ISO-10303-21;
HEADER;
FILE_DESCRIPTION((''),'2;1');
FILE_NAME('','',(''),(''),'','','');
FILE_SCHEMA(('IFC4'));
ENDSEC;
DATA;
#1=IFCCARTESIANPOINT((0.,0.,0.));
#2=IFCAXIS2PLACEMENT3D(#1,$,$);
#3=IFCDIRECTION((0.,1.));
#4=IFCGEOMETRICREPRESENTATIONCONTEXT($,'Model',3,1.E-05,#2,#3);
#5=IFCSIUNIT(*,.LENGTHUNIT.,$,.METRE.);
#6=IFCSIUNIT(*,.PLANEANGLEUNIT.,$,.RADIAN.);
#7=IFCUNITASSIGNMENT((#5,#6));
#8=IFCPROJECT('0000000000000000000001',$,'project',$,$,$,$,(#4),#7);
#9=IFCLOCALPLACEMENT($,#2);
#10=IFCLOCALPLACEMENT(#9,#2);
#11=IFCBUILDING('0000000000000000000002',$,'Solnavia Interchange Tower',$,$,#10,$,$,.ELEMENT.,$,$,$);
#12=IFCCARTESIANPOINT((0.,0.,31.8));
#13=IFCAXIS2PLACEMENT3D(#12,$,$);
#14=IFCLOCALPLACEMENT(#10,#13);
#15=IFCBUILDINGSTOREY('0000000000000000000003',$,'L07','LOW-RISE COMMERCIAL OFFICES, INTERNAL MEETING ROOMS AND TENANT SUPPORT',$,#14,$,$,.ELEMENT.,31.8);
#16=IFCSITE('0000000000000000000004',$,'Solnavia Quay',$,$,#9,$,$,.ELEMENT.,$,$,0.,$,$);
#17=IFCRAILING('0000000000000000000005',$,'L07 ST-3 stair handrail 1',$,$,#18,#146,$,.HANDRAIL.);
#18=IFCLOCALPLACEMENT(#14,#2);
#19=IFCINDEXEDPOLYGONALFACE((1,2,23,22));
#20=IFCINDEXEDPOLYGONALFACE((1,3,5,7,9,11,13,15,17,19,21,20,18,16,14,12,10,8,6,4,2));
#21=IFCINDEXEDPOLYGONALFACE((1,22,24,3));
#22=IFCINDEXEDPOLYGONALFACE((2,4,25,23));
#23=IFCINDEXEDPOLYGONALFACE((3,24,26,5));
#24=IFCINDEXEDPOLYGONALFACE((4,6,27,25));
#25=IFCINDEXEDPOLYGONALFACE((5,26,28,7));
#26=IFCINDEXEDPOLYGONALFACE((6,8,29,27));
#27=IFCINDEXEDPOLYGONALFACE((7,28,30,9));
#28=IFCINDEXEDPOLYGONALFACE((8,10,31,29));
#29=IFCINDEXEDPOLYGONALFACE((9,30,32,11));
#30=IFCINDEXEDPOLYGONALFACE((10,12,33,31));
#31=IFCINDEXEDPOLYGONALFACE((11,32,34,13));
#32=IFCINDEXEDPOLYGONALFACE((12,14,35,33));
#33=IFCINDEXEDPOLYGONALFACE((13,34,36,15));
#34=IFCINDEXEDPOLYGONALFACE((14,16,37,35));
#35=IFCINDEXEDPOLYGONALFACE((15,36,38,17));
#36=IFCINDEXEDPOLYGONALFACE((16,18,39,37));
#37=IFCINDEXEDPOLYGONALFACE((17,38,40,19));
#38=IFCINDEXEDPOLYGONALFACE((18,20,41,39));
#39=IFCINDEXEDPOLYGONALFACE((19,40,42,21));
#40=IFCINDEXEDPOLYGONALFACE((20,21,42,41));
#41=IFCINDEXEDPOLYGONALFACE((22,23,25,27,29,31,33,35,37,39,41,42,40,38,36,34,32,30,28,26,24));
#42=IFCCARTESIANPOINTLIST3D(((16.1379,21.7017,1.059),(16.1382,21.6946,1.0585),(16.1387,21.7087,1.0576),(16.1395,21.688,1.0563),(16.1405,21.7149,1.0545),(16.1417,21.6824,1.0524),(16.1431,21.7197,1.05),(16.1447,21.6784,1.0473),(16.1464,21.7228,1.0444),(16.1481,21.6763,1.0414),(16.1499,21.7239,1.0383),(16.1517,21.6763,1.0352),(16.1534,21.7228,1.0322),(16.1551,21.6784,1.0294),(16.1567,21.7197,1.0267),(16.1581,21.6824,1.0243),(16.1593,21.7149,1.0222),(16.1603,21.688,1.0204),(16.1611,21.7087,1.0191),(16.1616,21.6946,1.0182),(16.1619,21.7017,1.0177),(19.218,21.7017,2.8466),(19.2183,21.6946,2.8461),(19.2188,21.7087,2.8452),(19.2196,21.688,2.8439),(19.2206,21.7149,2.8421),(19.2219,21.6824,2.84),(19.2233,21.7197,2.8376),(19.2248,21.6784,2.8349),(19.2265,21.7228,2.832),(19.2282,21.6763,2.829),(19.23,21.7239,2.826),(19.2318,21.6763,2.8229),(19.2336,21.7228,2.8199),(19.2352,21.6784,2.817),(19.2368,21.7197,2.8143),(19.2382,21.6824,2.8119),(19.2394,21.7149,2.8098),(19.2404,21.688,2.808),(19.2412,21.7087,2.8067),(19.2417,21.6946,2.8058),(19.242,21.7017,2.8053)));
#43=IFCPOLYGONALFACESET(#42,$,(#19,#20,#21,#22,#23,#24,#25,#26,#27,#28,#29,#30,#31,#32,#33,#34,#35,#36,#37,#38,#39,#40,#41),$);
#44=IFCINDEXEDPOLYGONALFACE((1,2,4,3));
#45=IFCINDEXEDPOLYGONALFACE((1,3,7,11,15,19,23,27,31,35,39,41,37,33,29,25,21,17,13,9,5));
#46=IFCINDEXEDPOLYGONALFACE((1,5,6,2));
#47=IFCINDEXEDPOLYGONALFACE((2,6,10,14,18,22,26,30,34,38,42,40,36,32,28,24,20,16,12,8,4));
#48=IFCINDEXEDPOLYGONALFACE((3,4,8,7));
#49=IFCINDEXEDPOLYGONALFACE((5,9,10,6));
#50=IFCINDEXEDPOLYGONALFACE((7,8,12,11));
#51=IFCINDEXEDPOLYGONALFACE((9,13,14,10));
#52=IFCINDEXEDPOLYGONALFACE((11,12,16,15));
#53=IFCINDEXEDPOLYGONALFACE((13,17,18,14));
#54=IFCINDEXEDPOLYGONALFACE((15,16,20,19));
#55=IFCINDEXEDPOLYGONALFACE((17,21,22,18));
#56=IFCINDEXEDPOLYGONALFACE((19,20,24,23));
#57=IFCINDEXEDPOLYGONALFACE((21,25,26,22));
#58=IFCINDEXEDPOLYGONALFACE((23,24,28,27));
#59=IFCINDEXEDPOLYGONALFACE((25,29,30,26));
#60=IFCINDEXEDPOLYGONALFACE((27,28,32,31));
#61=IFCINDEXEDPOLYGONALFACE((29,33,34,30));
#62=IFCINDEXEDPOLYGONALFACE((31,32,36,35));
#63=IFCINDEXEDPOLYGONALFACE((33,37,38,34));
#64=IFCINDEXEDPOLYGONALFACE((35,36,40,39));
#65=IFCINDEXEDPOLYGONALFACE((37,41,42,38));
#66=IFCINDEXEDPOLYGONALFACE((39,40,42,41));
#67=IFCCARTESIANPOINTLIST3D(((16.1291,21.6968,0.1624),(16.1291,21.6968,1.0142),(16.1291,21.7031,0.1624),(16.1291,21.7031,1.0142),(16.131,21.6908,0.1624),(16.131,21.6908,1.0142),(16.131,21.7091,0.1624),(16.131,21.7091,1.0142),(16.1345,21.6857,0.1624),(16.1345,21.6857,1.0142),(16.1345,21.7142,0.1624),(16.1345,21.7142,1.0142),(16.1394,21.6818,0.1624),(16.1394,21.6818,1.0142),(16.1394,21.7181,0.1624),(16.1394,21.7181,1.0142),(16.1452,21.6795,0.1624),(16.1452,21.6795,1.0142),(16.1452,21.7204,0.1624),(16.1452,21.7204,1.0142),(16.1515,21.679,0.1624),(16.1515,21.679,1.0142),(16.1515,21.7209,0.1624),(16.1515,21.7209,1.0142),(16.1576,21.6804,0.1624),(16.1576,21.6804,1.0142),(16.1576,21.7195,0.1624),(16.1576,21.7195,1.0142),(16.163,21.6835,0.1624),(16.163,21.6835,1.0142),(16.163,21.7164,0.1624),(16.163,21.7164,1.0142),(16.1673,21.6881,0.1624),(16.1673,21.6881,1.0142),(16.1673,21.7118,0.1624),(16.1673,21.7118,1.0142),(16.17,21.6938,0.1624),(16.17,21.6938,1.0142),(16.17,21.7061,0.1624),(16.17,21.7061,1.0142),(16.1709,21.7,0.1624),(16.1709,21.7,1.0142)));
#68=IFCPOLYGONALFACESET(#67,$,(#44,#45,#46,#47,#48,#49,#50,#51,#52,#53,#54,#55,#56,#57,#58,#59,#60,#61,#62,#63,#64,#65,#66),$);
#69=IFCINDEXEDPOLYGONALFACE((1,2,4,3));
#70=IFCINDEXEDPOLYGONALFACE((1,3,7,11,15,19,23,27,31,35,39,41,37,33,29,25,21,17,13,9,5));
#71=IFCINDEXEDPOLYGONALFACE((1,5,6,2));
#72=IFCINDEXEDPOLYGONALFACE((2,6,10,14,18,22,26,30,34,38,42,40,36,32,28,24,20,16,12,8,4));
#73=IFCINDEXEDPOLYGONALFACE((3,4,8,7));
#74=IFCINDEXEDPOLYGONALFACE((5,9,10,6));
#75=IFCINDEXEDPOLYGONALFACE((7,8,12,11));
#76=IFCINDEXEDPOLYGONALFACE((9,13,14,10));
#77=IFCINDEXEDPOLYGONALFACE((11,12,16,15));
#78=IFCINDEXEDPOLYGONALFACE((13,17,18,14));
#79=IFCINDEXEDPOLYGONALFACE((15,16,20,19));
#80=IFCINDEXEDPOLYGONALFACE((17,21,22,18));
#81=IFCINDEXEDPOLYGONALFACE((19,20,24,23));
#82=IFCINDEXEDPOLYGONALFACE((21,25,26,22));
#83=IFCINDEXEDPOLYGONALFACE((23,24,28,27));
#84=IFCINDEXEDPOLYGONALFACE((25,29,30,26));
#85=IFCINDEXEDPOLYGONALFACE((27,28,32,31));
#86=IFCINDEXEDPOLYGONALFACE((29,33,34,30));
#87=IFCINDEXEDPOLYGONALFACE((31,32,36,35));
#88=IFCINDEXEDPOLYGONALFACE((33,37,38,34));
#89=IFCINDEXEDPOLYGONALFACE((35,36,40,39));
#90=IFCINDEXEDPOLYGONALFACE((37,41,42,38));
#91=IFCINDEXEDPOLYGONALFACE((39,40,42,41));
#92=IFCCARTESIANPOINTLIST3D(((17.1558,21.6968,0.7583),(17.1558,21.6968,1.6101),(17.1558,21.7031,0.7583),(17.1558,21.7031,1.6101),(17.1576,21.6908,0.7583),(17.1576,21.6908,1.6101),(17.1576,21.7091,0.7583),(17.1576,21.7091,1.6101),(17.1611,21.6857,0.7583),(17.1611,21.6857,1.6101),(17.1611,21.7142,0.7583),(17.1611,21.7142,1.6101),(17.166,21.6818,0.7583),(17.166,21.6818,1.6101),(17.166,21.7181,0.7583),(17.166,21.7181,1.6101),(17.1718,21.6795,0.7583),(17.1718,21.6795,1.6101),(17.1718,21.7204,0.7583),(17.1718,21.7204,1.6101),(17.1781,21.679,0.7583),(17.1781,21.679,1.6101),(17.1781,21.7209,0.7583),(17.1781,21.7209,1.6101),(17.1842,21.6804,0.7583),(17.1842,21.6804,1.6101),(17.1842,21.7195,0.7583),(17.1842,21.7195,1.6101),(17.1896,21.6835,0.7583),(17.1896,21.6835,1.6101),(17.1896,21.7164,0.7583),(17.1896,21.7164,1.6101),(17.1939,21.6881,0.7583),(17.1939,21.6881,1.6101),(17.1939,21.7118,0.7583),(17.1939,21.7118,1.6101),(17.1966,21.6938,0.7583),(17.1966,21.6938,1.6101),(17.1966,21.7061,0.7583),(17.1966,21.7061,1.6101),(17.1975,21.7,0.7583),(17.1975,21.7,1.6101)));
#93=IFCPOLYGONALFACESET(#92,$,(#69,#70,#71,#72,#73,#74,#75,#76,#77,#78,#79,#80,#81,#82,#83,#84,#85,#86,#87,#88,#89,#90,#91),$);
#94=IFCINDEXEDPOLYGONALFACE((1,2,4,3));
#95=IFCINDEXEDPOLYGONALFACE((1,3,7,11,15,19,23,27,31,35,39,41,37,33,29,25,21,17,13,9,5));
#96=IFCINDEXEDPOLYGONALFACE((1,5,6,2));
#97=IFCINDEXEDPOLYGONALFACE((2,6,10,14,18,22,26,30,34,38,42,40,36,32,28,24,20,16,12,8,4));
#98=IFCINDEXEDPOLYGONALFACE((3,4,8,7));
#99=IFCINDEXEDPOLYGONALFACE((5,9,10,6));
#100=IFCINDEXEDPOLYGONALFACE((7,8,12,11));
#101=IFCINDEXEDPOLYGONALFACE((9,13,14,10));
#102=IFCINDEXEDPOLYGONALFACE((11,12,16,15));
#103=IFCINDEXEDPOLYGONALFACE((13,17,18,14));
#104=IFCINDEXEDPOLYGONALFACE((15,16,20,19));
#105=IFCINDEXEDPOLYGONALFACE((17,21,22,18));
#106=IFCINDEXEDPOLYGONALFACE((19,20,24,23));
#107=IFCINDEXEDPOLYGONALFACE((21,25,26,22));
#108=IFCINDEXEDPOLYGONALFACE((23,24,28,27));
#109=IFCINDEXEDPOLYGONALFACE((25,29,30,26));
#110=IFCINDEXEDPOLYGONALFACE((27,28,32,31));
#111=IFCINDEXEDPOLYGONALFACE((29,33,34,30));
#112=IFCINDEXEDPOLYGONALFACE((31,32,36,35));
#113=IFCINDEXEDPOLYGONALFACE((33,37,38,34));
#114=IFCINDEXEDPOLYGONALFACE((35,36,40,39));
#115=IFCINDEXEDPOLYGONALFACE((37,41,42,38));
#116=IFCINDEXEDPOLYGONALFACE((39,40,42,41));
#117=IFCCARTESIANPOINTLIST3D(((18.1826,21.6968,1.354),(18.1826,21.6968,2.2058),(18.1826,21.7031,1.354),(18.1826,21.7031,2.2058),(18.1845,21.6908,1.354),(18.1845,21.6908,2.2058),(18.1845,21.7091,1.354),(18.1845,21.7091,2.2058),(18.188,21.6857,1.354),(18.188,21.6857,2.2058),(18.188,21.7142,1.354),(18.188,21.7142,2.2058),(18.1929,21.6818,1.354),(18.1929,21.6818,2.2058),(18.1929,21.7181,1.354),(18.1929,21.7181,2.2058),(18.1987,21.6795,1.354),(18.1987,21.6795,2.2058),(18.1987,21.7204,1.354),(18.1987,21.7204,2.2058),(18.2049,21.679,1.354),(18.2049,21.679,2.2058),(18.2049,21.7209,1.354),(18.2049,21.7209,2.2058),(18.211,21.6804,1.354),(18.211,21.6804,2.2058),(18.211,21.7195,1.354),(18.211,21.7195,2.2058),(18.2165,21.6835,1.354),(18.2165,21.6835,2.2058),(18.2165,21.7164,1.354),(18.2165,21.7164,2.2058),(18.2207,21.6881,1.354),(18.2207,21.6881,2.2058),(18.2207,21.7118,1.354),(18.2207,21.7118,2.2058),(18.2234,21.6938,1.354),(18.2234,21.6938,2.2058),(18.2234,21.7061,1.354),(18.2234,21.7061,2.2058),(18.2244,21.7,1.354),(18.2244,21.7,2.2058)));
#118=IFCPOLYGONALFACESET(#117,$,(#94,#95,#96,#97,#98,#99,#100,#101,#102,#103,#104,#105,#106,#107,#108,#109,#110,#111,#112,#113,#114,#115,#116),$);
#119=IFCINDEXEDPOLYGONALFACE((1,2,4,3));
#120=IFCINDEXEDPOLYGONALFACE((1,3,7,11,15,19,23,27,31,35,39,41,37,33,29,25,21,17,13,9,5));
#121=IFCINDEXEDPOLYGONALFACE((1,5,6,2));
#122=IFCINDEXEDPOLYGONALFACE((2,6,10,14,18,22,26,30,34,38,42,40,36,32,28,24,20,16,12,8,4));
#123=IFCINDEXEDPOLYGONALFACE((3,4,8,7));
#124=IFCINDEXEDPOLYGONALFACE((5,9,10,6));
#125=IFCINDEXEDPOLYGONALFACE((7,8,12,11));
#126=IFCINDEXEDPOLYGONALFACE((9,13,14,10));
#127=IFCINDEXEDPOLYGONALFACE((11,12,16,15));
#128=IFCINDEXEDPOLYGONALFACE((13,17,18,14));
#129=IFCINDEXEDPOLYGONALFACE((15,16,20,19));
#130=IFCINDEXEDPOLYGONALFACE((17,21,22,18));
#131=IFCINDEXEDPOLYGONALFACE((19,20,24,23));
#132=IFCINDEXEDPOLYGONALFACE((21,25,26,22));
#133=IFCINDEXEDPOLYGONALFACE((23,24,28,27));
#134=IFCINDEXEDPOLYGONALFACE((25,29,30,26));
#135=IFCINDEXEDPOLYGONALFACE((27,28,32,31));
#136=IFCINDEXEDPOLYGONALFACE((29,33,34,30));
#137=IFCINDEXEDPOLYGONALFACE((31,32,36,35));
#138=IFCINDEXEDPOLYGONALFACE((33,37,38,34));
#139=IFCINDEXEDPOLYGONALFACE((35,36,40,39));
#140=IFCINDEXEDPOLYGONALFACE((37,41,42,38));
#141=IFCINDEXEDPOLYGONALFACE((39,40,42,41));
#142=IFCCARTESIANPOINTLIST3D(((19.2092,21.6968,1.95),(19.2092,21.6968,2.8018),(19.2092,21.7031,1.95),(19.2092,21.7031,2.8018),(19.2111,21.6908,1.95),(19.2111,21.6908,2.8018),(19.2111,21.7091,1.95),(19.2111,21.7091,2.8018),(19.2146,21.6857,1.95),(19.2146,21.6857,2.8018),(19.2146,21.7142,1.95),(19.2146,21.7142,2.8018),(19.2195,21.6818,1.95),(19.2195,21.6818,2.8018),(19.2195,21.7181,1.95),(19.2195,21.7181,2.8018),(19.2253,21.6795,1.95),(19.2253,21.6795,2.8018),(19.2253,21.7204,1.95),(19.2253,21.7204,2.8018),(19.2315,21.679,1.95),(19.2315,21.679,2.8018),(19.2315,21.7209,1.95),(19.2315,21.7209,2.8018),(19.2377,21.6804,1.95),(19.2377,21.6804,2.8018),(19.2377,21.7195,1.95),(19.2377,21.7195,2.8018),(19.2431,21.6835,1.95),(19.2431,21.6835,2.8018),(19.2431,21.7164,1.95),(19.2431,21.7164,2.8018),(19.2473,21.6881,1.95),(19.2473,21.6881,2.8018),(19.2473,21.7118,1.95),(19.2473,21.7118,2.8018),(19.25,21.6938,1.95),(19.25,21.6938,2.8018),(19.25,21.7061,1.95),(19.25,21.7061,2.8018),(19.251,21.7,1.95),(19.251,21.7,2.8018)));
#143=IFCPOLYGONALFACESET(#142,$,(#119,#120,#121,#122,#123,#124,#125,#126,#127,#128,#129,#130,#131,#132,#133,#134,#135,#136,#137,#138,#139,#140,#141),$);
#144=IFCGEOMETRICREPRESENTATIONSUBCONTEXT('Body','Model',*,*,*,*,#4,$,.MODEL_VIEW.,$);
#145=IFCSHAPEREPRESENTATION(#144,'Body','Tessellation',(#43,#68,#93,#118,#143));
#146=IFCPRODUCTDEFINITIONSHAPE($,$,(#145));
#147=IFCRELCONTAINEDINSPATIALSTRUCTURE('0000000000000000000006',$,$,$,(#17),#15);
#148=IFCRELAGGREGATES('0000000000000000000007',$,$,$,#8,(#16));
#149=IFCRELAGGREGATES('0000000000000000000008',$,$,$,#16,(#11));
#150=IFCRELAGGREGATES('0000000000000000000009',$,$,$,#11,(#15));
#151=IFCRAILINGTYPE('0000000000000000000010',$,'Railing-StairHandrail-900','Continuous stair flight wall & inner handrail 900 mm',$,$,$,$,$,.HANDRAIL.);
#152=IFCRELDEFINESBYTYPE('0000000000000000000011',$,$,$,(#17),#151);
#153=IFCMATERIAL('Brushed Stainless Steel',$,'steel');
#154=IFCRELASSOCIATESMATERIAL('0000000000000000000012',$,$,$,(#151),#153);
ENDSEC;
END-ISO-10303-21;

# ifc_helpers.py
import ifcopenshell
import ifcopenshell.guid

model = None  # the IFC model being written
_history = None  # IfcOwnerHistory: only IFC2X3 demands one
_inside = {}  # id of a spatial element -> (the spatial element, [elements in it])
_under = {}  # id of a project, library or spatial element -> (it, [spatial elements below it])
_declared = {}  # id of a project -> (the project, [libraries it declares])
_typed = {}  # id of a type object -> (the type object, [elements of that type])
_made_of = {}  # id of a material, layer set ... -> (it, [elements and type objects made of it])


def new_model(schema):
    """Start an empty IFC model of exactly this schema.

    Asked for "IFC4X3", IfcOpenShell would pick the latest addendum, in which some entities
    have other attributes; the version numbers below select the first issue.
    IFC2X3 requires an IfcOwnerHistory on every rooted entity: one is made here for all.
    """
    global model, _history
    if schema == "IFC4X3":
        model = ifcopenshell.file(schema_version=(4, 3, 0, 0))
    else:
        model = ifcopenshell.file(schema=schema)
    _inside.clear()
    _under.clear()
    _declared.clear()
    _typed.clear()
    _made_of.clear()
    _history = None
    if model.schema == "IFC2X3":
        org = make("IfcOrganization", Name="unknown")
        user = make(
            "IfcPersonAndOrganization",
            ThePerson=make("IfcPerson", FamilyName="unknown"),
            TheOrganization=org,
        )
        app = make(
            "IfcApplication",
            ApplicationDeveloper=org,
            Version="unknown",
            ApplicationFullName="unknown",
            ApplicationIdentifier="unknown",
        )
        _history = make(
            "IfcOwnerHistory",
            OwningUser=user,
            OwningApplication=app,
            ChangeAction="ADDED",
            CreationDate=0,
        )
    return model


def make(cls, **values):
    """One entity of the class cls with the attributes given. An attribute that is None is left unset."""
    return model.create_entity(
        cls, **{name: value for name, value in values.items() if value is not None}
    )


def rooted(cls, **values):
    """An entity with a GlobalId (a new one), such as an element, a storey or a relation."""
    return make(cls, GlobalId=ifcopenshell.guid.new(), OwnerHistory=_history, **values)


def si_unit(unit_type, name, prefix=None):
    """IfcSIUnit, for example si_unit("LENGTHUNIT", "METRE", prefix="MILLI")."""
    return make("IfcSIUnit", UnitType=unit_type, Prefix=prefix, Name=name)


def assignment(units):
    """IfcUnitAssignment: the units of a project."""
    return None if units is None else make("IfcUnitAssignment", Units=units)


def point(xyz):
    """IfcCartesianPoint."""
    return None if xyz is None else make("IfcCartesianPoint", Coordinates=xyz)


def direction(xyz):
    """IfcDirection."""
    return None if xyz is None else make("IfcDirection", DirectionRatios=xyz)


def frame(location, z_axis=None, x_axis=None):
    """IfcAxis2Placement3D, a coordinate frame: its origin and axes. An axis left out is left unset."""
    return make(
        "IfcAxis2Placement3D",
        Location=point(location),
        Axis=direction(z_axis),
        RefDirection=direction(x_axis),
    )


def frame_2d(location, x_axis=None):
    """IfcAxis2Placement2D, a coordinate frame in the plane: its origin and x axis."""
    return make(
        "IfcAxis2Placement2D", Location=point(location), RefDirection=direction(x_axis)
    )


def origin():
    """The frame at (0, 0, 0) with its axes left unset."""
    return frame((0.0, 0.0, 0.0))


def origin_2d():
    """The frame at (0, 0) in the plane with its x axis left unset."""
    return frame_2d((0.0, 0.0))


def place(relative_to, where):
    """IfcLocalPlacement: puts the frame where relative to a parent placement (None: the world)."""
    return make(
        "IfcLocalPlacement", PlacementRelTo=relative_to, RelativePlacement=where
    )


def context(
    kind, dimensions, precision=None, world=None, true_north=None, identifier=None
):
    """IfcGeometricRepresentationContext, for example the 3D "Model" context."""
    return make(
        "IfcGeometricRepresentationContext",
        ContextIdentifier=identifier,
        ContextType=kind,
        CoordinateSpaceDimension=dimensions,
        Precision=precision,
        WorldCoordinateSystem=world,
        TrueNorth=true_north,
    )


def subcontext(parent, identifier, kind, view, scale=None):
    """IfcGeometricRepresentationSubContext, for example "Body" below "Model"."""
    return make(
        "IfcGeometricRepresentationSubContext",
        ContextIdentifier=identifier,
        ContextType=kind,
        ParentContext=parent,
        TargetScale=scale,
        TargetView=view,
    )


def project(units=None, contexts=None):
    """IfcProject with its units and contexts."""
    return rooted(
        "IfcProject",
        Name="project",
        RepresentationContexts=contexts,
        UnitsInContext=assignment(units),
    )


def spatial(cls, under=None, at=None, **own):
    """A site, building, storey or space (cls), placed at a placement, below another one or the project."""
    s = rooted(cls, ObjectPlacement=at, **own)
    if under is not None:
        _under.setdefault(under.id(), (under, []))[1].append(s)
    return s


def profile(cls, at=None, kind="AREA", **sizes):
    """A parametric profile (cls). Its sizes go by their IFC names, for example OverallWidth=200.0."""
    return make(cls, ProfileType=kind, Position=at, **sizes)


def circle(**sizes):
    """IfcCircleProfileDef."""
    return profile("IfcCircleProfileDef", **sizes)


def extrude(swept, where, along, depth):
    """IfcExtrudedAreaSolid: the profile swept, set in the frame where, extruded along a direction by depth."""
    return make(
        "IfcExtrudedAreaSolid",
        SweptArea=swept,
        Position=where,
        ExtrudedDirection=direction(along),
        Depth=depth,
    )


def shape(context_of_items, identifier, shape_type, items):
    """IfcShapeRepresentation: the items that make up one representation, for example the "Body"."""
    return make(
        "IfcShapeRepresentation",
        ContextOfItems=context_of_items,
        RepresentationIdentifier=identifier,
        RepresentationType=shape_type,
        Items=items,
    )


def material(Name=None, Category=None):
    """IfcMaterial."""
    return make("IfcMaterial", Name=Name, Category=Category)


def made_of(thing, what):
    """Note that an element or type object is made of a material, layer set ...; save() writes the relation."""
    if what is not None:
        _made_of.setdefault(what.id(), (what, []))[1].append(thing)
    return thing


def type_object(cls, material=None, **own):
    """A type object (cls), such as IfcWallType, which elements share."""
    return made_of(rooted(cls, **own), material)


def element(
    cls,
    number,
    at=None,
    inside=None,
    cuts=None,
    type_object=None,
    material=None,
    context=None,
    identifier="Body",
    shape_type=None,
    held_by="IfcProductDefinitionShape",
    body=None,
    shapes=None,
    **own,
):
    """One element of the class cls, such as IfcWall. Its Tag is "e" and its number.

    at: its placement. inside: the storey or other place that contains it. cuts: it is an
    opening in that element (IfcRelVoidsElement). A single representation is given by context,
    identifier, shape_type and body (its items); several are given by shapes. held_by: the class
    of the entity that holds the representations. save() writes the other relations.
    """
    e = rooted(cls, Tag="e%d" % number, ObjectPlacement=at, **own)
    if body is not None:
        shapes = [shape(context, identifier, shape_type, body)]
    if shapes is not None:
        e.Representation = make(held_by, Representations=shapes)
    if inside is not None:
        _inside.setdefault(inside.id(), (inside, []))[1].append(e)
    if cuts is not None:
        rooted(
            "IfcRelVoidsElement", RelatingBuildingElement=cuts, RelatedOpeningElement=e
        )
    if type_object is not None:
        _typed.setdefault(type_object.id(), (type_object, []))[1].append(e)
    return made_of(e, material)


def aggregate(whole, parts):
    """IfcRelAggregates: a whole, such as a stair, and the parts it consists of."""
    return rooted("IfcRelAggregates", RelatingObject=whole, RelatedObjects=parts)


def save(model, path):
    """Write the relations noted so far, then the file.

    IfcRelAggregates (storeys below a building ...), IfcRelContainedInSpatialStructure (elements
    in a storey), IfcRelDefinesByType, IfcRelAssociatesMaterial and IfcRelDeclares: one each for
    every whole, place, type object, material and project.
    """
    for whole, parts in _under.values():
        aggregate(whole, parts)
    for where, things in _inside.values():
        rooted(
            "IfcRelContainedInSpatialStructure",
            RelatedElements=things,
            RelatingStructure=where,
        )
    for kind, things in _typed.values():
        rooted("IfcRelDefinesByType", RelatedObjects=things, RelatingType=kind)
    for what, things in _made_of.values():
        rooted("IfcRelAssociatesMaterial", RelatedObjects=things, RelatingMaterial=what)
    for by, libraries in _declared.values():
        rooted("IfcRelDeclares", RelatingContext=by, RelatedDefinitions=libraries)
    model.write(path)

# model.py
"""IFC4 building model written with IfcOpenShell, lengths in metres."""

from ifc_helpers import new_model, si_unit, direction, frame, origin, origin_2d, place, context, subcontext, project, spatial, circle, extrude, material, type_object, element, save


model = new_model("IFC4")

# Units and contexts
model_context = context("Model", 3, precision=1e-05, world=origin(), true_north=direction((0.0, 1.0)))
body_context = subcontext(model_context, "Body", "Model", "MODEL_VIEW")
ifc_project = project(units=[si_unit("LENGTHUNIT", "METRE"), si_unit("PLANEANGLEUNIT", "RADIAN")], contexts=[model_context])

# Site, building, storey
site_placement = place(None, origin())
site = spatial("IfcSite", under=ifc_project, at=site_placement, Name="Solnavia Quay", CompositionType="ELEMENT", RefElevation=0.0)
building_placement = place(site_placement, origin())
building = spatial("IfcBuilding", under=site, at=building_placement, Name="Solnavia Interchange Tower", CompositionType="ELEMENT")
storey_placement = place(building_placement, frame((0.0, 0.0, 31.8)))
storey = spatial("IfcBuildingStorey", under=building, at=storey_placement, Name="L07", Description="LOW-RISE COMMERCIAL OFFICES, INTERNAL MEETING ROOMS AND TENANT SUPPORT", CompositionType="ELEMENT", Elevation=31.8)

# Railing
ifc_material_1 = material(Name="Brushed Stainless Steel", Category="steel")
railing_type_1 = type_object("IfcRailingType", Name="Railing-StairHandrail-900", Description="Continuous stair flight wall & inner handrail 900 mm", PredefinedType="HANDRAIL", material=ifc_material_1)
railing_1_placement = place(storey_placement, frame((16.1499, 21.7, 0.1624)))
element("IfcRailing", 1, at=railing_1_placement, inside=storey, type_object=railing_type_1, Name="L07 ST-3 stair handrail 1", PredefinedType="HANDRAIL", context=body_context, shape_type="SweptSolid", body=[
    extrude(circle(Radius=0.0239, at=origin_2d()), frame((0.0, 0.0, 0.876), z_axis=(0.864891, 0.0, 0.50196), x_axis=(0.0, 1.0, 0.0)), (0.0, 0.0, 1.0), 3.5613),
    extrude(circle(Radius=0.021, at=origin_2d()), origin(), (0.0, 0.0, 1.0), 0.8518),
    extrude(circle(Radius=0.021, at=origin_2d()), frame((1.0266, 0.0, 0.5959)), (0.0, 0.0, 1.0), 0.8518),
    extrude(circle(Radius=0.021, at=origin_2d()), frame((2.0535, 0.0, 1.1917)), (0.0, 0.0, 1.0), 0.8518),
    extrude(circle(Radius=0.021, at=origin_2d()), frame((3.0801, 0.0, 1.7876)), (0.0, 0.0, 1.0), 0.8518),
])

save(model, "model.ifc")
